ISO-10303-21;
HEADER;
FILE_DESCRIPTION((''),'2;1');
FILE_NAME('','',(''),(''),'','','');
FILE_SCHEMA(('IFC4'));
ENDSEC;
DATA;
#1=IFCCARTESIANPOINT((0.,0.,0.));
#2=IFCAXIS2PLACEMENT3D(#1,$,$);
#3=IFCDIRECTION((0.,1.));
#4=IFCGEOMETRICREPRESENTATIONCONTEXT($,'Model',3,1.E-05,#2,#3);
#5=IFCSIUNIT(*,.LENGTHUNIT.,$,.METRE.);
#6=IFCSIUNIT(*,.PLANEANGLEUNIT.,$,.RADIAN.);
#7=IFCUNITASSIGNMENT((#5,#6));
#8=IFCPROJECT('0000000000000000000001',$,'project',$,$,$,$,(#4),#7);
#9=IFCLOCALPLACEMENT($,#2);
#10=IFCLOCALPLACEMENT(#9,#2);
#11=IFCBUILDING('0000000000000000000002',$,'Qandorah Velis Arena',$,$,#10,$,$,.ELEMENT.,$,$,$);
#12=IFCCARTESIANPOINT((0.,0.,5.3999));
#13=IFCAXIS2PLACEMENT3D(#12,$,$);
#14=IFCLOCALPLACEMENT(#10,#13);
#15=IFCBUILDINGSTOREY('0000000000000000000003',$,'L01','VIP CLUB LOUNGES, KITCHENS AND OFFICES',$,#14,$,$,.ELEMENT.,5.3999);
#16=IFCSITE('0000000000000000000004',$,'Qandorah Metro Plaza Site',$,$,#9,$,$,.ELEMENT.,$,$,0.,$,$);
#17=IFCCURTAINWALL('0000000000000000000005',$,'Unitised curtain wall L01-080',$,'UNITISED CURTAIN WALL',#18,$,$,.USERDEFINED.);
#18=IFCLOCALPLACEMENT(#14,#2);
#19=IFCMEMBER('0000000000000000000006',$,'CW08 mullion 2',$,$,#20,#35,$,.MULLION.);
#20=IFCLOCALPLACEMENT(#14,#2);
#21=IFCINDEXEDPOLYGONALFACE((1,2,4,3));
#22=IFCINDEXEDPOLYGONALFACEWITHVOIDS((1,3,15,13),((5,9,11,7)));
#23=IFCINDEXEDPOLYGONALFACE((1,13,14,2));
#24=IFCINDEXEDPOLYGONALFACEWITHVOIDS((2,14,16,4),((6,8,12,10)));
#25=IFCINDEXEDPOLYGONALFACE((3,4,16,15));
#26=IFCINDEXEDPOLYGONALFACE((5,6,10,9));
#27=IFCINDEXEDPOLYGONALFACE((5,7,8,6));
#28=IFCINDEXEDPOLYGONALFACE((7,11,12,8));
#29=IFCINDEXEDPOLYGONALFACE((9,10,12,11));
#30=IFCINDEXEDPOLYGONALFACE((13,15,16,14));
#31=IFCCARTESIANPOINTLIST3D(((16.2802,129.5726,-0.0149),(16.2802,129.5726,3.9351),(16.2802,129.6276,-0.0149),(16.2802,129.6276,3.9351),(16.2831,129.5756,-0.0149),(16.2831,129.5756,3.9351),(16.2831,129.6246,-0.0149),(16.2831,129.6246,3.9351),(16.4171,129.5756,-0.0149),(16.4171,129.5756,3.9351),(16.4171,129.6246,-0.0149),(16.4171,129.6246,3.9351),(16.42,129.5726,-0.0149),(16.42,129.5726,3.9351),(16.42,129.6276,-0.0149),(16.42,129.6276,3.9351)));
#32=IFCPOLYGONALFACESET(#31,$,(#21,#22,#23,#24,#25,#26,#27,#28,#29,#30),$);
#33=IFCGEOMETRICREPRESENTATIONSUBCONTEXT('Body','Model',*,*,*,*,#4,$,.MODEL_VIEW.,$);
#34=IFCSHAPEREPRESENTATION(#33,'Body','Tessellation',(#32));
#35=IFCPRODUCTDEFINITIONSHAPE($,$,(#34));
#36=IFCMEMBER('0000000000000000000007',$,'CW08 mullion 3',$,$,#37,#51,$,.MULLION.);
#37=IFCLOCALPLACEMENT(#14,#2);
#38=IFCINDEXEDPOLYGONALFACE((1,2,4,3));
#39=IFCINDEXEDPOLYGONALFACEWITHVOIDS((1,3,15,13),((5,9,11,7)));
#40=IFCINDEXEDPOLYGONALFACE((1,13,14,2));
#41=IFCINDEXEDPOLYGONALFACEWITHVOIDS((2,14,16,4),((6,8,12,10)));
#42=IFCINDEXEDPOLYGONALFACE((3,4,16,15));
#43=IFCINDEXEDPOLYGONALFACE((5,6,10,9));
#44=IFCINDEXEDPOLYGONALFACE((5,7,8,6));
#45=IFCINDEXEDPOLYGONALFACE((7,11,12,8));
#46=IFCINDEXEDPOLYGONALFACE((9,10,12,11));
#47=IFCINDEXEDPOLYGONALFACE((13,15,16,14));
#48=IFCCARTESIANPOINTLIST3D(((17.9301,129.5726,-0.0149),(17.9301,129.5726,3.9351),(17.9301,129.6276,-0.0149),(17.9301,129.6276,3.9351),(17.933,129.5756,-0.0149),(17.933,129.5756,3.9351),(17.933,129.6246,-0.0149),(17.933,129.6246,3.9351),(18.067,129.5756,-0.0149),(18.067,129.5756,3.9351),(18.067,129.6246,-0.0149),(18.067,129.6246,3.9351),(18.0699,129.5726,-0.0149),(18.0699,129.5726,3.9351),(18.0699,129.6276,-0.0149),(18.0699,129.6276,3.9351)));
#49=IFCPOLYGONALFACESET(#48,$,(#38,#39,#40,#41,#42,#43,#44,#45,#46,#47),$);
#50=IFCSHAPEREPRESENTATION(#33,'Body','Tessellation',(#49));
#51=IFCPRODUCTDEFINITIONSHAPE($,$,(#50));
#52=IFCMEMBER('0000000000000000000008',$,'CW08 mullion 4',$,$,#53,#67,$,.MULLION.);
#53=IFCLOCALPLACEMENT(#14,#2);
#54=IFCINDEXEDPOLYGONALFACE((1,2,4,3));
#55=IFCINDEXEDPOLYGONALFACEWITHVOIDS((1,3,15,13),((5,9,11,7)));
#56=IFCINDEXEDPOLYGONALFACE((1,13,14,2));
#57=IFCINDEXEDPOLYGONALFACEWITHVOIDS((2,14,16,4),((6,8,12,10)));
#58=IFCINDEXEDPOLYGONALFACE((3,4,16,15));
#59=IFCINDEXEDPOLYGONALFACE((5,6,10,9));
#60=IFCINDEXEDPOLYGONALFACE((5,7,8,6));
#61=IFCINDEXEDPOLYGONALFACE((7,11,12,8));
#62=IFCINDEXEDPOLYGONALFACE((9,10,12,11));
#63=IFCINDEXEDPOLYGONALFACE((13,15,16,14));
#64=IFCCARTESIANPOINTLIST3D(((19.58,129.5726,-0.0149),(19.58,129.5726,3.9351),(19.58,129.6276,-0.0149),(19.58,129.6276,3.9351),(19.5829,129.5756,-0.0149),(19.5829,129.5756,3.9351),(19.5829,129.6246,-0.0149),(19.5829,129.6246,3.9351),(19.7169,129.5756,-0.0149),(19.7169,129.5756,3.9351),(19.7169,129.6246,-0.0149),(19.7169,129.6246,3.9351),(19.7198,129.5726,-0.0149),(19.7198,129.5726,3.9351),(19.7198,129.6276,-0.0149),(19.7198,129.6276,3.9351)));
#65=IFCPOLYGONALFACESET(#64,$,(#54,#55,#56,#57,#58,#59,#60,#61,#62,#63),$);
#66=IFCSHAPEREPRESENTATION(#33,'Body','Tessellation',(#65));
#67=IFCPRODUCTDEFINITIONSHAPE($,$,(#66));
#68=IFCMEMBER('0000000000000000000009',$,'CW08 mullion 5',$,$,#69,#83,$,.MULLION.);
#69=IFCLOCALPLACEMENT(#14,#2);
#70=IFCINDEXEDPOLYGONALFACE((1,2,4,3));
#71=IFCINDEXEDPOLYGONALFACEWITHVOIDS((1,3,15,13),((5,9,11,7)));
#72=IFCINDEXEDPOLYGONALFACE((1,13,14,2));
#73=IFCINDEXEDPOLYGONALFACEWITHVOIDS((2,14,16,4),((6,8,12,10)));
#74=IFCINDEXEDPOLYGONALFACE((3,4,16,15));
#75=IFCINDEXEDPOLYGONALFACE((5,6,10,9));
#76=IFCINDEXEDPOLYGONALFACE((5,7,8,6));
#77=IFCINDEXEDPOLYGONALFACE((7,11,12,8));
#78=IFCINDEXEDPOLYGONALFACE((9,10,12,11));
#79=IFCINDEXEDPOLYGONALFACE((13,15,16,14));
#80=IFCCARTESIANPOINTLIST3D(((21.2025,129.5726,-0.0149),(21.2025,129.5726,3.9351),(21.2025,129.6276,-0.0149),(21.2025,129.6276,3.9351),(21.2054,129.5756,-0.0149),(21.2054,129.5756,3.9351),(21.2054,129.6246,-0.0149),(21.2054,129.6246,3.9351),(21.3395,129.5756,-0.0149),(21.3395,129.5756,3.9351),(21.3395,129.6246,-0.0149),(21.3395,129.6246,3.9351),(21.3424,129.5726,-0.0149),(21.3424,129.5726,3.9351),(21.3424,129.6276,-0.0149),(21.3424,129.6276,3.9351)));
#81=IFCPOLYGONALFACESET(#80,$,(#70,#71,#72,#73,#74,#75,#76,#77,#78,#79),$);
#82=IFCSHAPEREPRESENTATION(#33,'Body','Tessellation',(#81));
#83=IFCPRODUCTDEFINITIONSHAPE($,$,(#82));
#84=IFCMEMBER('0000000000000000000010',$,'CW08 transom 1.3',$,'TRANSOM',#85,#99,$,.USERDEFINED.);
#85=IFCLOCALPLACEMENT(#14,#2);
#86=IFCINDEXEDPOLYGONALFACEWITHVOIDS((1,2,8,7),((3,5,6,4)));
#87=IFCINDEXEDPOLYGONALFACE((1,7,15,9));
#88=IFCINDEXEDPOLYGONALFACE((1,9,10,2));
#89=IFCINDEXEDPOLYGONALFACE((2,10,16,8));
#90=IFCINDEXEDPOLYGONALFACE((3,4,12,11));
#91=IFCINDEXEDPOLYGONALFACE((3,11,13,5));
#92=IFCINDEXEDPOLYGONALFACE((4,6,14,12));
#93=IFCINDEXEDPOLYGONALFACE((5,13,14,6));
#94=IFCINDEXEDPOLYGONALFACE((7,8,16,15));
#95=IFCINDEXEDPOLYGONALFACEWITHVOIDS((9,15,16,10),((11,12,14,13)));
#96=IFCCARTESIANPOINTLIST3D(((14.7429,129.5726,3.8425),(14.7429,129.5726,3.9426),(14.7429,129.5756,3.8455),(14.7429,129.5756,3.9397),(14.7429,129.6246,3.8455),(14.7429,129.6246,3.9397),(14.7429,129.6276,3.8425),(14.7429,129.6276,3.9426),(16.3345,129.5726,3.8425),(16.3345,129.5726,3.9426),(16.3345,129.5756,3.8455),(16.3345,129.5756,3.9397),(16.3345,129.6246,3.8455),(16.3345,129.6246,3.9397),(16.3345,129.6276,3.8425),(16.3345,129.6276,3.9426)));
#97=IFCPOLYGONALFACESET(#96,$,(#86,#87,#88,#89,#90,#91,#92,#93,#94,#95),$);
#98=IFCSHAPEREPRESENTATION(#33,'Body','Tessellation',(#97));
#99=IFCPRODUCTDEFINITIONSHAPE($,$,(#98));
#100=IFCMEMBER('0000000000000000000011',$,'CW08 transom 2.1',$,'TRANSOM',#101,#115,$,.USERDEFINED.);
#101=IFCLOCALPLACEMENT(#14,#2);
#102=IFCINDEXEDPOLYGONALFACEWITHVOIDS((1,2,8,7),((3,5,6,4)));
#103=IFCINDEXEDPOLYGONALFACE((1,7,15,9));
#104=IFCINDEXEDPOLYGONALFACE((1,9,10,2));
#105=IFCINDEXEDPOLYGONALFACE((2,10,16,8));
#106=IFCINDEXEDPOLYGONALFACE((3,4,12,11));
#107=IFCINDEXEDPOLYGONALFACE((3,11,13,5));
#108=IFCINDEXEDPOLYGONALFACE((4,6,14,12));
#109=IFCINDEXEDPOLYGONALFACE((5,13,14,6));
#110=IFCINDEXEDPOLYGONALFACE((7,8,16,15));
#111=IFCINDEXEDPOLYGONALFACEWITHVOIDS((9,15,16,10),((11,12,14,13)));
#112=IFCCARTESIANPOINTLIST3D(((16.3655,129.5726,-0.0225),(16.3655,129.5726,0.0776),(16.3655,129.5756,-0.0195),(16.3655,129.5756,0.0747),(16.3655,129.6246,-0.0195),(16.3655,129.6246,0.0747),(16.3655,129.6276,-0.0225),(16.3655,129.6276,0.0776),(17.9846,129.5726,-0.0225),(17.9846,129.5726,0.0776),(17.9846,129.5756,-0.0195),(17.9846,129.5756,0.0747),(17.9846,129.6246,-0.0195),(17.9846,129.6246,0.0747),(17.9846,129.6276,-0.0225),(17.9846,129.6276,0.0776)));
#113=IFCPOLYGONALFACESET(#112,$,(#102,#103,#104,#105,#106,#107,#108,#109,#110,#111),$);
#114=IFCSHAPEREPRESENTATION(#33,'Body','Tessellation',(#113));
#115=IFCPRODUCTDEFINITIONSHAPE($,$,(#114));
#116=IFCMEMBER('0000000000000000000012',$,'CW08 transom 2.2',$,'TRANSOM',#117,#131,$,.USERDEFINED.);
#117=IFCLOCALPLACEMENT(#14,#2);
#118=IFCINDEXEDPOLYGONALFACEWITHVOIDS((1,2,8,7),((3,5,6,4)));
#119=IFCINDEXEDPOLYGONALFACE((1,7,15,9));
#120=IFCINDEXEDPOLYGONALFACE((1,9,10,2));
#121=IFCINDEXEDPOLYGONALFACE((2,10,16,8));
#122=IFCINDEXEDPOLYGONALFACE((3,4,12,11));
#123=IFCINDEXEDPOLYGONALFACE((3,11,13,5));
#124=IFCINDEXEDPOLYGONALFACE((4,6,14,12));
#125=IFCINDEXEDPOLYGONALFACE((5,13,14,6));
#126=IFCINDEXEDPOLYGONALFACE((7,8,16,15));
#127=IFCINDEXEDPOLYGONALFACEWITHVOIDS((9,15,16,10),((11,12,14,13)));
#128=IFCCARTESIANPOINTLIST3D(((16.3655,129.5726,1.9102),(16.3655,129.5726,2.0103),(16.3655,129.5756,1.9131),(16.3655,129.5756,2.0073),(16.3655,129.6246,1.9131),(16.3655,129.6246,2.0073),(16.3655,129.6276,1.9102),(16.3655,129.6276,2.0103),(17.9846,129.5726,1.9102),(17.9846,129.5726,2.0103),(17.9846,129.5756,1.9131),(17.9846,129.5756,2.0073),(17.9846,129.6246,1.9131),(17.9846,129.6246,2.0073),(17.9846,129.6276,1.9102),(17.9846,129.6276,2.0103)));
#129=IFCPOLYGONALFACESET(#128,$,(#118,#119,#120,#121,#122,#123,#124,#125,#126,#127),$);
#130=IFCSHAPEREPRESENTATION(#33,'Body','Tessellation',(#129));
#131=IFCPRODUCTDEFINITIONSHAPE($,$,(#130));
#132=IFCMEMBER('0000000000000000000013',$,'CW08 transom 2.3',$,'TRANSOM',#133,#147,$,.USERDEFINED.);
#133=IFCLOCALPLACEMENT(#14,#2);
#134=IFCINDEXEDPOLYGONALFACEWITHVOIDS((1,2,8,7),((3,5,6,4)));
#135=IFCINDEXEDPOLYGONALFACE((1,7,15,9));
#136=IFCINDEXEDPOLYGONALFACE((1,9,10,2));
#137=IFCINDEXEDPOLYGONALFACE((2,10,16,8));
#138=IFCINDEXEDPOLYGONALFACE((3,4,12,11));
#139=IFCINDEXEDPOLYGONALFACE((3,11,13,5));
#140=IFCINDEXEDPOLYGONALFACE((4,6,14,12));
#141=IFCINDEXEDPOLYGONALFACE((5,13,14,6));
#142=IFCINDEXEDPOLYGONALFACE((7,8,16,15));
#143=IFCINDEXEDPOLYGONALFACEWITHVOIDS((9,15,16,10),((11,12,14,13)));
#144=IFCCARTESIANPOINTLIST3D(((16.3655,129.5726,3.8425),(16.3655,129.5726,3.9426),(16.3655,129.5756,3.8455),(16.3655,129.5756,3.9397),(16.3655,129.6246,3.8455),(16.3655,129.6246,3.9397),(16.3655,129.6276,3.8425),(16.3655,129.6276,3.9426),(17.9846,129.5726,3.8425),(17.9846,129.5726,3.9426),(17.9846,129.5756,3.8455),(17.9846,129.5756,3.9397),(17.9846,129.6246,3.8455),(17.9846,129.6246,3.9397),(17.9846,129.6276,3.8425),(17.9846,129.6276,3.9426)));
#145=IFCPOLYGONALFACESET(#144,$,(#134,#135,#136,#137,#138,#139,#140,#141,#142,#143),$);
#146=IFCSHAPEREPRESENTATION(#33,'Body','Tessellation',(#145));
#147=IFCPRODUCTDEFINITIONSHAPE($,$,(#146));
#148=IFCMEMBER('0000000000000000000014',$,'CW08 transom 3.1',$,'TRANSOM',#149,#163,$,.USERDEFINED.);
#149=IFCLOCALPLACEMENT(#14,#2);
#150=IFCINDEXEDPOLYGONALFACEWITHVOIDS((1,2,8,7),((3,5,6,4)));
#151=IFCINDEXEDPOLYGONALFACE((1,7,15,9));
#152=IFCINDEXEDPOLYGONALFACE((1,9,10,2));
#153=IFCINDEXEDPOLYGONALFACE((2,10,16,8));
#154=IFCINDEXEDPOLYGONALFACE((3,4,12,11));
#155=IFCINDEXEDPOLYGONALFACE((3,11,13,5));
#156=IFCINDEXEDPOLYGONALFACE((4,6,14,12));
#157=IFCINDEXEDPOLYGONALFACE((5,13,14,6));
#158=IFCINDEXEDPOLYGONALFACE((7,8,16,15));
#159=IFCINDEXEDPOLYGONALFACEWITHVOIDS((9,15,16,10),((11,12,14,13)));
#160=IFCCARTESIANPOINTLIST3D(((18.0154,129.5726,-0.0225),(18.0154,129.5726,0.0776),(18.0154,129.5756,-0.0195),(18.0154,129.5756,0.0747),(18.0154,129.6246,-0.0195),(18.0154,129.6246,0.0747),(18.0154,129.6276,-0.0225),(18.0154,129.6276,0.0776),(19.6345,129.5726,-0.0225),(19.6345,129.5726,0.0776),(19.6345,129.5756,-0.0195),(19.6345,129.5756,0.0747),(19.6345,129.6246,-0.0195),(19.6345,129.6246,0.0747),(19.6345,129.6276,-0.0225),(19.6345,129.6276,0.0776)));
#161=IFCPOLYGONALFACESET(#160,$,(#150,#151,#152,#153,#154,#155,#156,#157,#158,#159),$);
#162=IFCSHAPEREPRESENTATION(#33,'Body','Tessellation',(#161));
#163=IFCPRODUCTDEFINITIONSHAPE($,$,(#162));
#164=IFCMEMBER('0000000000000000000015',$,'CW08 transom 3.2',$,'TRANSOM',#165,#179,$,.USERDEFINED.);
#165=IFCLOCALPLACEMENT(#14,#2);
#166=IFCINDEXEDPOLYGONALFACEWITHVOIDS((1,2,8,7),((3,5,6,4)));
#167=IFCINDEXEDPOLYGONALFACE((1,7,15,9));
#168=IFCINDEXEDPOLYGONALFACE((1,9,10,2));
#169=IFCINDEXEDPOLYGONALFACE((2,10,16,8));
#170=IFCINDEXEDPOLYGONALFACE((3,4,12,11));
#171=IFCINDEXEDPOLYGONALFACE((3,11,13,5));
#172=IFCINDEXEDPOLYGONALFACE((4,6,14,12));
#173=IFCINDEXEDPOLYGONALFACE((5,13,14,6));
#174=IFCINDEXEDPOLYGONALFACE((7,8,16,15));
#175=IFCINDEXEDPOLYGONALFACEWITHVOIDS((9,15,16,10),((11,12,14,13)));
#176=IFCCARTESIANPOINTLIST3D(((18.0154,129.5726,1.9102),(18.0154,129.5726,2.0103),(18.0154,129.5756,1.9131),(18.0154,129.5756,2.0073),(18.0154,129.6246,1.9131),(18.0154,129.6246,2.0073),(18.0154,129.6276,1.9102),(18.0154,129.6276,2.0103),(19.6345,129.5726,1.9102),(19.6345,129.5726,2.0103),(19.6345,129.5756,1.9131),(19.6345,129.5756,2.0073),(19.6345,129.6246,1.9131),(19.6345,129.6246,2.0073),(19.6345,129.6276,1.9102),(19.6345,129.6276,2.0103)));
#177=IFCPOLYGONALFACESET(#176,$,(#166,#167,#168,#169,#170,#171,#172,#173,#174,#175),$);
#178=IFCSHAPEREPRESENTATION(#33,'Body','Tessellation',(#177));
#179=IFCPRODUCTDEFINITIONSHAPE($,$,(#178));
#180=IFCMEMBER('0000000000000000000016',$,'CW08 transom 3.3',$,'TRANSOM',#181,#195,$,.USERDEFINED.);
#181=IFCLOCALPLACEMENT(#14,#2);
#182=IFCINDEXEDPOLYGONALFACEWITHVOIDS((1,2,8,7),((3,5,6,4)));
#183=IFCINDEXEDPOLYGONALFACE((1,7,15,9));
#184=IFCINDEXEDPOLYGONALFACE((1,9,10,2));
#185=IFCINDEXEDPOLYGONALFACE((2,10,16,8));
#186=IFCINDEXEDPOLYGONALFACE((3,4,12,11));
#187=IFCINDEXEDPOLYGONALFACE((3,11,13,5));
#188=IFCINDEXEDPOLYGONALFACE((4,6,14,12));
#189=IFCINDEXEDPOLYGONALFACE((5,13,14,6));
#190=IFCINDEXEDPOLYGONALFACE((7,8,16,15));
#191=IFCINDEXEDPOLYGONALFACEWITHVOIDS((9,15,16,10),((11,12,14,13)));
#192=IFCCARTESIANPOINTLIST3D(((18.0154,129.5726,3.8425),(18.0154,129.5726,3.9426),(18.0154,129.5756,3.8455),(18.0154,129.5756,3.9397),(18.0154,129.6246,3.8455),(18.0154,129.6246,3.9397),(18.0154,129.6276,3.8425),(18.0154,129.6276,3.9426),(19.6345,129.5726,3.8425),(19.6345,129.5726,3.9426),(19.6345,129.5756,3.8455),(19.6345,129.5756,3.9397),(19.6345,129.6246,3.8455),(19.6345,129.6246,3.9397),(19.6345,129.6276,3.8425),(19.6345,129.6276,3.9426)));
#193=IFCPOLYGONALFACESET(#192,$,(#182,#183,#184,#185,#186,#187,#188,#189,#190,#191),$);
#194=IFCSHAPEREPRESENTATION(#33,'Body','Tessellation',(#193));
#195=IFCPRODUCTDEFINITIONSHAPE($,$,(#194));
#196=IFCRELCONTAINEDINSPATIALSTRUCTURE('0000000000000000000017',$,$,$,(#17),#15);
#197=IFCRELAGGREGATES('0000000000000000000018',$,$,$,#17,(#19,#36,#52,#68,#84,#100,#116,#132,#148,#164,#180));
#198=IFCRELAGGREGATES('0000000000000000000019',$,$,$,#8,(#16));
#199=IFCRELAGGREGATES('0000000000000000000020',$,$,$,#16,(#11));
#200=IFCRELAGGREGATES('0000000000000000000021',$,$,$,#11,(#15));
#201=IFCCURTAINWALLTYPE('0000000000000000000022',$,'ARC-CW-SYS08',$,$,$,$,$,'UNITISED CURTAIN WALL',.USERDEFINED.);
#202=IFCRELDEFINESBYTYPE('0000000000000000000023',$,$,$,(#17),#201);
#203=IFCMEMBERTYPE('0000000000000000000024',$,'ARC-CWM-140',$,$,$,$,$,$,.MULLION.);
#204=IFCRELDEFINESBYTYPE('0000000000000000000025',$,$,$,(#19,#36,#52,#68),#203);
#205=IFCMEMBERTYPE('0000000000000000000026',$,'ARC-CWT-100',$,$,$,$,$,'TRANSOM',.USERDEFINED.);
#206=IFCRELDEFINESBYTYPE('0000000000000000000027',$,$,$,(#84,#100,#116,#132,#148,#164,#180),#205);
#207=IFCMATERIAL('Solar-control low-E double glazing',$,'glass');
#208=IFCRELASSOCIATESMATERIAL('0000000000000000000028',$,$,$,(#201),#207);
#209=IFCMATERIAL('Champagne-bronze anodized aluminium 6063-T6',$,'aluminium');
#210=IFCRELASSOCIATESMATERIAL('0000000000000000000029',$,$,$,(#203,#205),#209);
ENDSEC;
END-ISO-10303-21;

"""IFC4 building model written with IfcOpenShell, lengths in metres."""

from ifc_helpers import new_model, si_unit, direction, frame, origin, origin_2d, place, context, subcontext, project, spatial, hollow_rectangle, extrude, material, material_profile, profile_set, type_object, element, aggregate, save


model = new_model("IFC4")

# Units and contexts
model_context = context("Model", 3, precision=1e-05, world=origin(), true_north=direction((0.0, 1.0)))
body_context = subcontext(model_context, "Body", "Model", "MODEL_VIEW")
ifc_project = project(units=[si_unit("LENGTHUNIT", "METRE"), si_unit("PLANEANGLEUNIT", "RADIAN")], contexts=[model_context])

# Site, building, storey
site_placement = place(None, origin())
site = spatial("IfcSite", under=ifc_project, at=site_placement, Name="Qandorah Metro Plaza Site", CompositionType="ELEMENT", RefElevation=0.0)
building_placement = place(site_placement, origin())
building = spatial("IfcBuilding", under=site, at=building_placement, Name="Qandorah Velis Arena", CompositionType="ELEMENT")
storey_placement = place(building_placement, frame((0.0, 0.0, 5.3999)))
storey = spatial("IfcBuildingStorey", under=building, at=storey_placement, Name="L01", Description="VIP CLUB LOUNGES, KITCHENS AND OFFICES", CompositionType="ELEMENT", Elevation=5.3999)

# Curtain wall, members
ifc_material_1 = material(Name="Solar-control low-E double glazing", Category="glass")
curtain_wall_type = type_object("IfcCurtainWallType", Name="ARC-CW-SYS08", ElementType="UNITISED CURTAIN WALL", PredefinedType="USERDEFINED", material=ifc_material_1)
curtain_wall_placement = place(storey_placement, origin())
curtain_wall = element("IfcCurtainWall", 1, at=curtain_wall_placement, inside=storey, type_object=curtain_wall_type, Name="Unitised curtain wall L01-080", ObjectType="UNITISED CURTAIN WALL", PredefinedType="USERDEFINED")
ifc_material_2 = material(Name="Champagne-bronze anodized aluminium 6063-T6", Category="aluminium")
ifc_material_profile_1 = material_profile(ifc_material_2, hollow_rectangle(XDim=0.0549, YDim=0.1399, WallThickness=0.0029, at=origin_2d()), Name="ALU MULLION 55x140")
ifc_profile_set_1 = profile_set([ifc_material_profile_1], Name="Champagne-bronze anodized aluminium 6063-T6")
member_type_1 = type_object("IfcMemberType", Name="ARC-CWM-140", PredefinedType="MULLION", material=ifc_profile_set_1)
member_1_placement = place(storey_placement, frame((16.3501, 129.6001, -0.0149), z_axis=(0.0, 0.0, 1.0), x_axis=(0.0, 1.0, 0.0)))
member_1 = element("IfcMember", 2, at=member_1_placement, type_object=member_type_1, Name="CW08 mullion 2", PredefinedType="MULLION", context=body_context, shape_type="SweptSolid", body=[
    extrude(hollow_rectangle(XDim=0.0549, YDim=0.1399, WallThickness=0.0029, at=origin_2d()), origin(), (0.0, 0.0, 1.0), 3.95),
])
member_2_placement = place(storey_placement, frame((18.0, 129.6001, -0.0149), z_axis=(0.0, 0.0, 1.0), x_axis=(0.0, 1.0, 0.0)))
member_2 = element("IfcMember", 3, at=member_2_placement, type_object=member_type_1, Name="CW08 mullion 3", PredefinedType="MULLION", context=body_context, shape_type="SweptSolid", body=[
    extrude(hollow_rectangle(XDim=0.0549, YDim=0.1399, WallThickness=0.0029, at=origin_2d()), origin(), (0.0, 0.0, 1.0), 3.95),
])
member_3_placement = place(storey_placement, frame((19.6499, 129.6001, -0.0149), z_axis=(0.0, 0.0, 1.0), x_axis=(0.0, 1.0, 0.0)))
member_3 = element("IfcMember", 4, at=member_3_placement, type_object=member_type_1, Name="CW08 mullion 4", PredefinedType="MULLION", context=body_context, shape_type="SweptSolid", body=[
    extrude(hollow_rectangle(XDim=0.0549, YDim=0.1399, WallThickness=0.0029, at=origin_2d()), origin(), (0.0, 0.0, 1.0), 3.95),
])
member_4_placement = place(storey_placement, frame((21.2725, 129.6001, -0.0149), z_axis=(0.0, 0.0, 1.0), x_axis=(0.0, 1.0, 0.0)))
member_4 = element("IfcMember", 5, at=member_4_placement, type_object=member_type_1, Name="CW08 mullion 5", PredefinedType="MULLION", context=body_context, shape_type="SweptSolid", body=[
    extrude(hollow_rectangle(XDim=0.0549, YDim=0.1399, WallThickness=0.0029, at=origin_2d()), origin(), (0.0, 0.0, 1.0), 3.95),
])
ifc_material_profile_2 = material_profile(ifc_material_2, hollow_rectangle(XDim=0.0549, YDim=0.1001, WallThickness=0.0029, at=origin_2d()), Name="ALU TRANSOM 55x100")
ifc_profile_set_2 = profile_set([ifc_material_profile_2], Name="Champagne-bronze anodized aluminium 6063-T6")
member_type_2 = type_object("IfcMemberType", Name="ARC-CWT-100", ElementType="TRANSOM", PredefinedType="USERDEFINED", material=ifc_profile_set_2)
member_5_placement = place(storey_placement, frame((14.7429, 129.6001, 3.8926), z_axis=(1.0, 0.0, 0.0), x_axis=(0.0, 1.0, 0.0)))
member_5 = element("IfcMember", 6, at=member_5_placement, type_object=member_type_2, Name="CW08 transom 1.3", ObjectType="TRANSOM", PredefinedType="USERDEFINED", context=body_context, shape_type="SweptSolid", body=[
    extrude(hollow_rectangle(XDim=0.0549, YDim=0.1001, WallThickness=0.0029, at=origin_2d()), origin(), (0.0, 0.0, 1.0), 1.5916),
])
member_6_placement = place(storey_placement, frame((16.3655, 129.6001, 0.0276), z_axis=(1.0, 0.0, 0.0), x_axis=(0.0, 1.0, 0.0)))
member_6 = element("IfcMember", 7, at=member_6_placement, type_object=member_type_2, Name="CW08 transom 2.1", ObjectType="TRANSOM", PredefinedType="USERDEFINED", context=body_context, shape_type="SweptSolid", body=[
    extrude(hollow_rectangle(XDim=0.0549, YDim=0.1001, WallThickness=0.0029, at=origin_2d()), origin(), (0.0, 0.0, 1.0), 1.6191),
])
member_7_placement = place(storey_placement, frame((16.3655, 129.6001, 1.9602), z_axis=(1.0, 0.0, 0.0), x_axis=(0.0, 1.0, 0.0)))
member_7 = element("IfcMember", 8, at=member_7_placement, type_object=member_type_2, Name="CW08 transom 2.2", ObjectType="TRANSOM", PredefinedType="USERDEFINED", context=body_context, shape_type="SweptSolid", body=[
    extrude(hollow_rectangle(XDim=0.0549, YDim=0.1001, WallThickness=0.0029, at=origin_2d()), origin(), (0.0, 0.0, 1.0), 1.6191),
])
member_8_placement = place(storey_placement, frame((16.3655, 129.6001, 3.8926), z_axis=(1.0, 0.0, 0.0), x_axis=(0.0, 1.0, 0.0)))
member_8 = element("IfcMember", 9, at=member_8_placement, type_object=member_type_2, Name="CW08 transom 2.3", ObjectType="TRANSOM", PredefinedType="USERDEFINED", context=body_context, shape_type="SweptSolid", body=[
    extrude(hollow_rectangle(XDim=0.0549, YDim=0.1001, WallThickness=0.0029, at=origin_2d()), origin(), (0.0, 0.0, 1.0), 1.6191),
])
member_9_placement = place(storey_placement, frame((18.0154, 129.6001, 0.0276), z_axis=(1.0, 0.0, 0.0), x_axis=(0.0, 1.0, 0.0)))
member_9 = element("IfcMember", 10, at=member_9_placement, type_object=member_type_2, Name="CW08 transom 3.1", ObjectType="TRANSOM", PredefinedType="USERDEFINED", context=body_context, shape_type="SweptSolid", body=[
    extrude(hollow_rectangle(XDim=0.0549, YDim=0.1001, WallThickness=0.0029, at=origin_2d()), origin(), (0.0, 0.0, 1.0), 1.6191),
])
member_10_placement = place(storey_placement, frame((18.0154, 129.6001, 1.9602), z_axis=(1.0, 0.0, 0.0), x_axis=(0.0, 1.0, 0.0)))
member_10 = element("IfcMember", 11, at=member_10_placement, type_object=member_type_2, Name="CW08 transom 3.2", ObjectType="TRANSOM", PredefinedType="USERDEFINED", context=body_context, shape_type="SweptSolid", body=[
    extrude(hollow_rectangle(XDim=0.0549, YDim=0.1001, WallThickness=0.0029, at=origin_2d()), origin(), (0.0, 0.0, 1.0), 1.6191),
])
member_11_placement = place(storey_placement, frame((18.0154, 129.6001, 3.8926), z_axis=(1.0, 0.0, 0.0), x_axis=(0.0, 1.0, 0.0)))
member_11 = element("IfcMember", 12, at=member_11_placement, type_object=member_type_2, Name="CW08 transom 3.3", ObjectType="TRANSOM", PredefinedType="USERDEFINED", context=body_context, shape_type="SweptSolid", body=[
    extrude(hollow_rectangle(XDim=0.0549, YDim=0.1001, WallThickness=0.0029, at=origin_2d()), origin(), (0.0, 0.0, 1.0), 1.6191),
])

aggregate(curtain_wall, [member_1, member_2, member_3, member_4, member_5, member_6, member_7, member_8, member_9, member_10, member_11])

save(model, "model.ifc")
